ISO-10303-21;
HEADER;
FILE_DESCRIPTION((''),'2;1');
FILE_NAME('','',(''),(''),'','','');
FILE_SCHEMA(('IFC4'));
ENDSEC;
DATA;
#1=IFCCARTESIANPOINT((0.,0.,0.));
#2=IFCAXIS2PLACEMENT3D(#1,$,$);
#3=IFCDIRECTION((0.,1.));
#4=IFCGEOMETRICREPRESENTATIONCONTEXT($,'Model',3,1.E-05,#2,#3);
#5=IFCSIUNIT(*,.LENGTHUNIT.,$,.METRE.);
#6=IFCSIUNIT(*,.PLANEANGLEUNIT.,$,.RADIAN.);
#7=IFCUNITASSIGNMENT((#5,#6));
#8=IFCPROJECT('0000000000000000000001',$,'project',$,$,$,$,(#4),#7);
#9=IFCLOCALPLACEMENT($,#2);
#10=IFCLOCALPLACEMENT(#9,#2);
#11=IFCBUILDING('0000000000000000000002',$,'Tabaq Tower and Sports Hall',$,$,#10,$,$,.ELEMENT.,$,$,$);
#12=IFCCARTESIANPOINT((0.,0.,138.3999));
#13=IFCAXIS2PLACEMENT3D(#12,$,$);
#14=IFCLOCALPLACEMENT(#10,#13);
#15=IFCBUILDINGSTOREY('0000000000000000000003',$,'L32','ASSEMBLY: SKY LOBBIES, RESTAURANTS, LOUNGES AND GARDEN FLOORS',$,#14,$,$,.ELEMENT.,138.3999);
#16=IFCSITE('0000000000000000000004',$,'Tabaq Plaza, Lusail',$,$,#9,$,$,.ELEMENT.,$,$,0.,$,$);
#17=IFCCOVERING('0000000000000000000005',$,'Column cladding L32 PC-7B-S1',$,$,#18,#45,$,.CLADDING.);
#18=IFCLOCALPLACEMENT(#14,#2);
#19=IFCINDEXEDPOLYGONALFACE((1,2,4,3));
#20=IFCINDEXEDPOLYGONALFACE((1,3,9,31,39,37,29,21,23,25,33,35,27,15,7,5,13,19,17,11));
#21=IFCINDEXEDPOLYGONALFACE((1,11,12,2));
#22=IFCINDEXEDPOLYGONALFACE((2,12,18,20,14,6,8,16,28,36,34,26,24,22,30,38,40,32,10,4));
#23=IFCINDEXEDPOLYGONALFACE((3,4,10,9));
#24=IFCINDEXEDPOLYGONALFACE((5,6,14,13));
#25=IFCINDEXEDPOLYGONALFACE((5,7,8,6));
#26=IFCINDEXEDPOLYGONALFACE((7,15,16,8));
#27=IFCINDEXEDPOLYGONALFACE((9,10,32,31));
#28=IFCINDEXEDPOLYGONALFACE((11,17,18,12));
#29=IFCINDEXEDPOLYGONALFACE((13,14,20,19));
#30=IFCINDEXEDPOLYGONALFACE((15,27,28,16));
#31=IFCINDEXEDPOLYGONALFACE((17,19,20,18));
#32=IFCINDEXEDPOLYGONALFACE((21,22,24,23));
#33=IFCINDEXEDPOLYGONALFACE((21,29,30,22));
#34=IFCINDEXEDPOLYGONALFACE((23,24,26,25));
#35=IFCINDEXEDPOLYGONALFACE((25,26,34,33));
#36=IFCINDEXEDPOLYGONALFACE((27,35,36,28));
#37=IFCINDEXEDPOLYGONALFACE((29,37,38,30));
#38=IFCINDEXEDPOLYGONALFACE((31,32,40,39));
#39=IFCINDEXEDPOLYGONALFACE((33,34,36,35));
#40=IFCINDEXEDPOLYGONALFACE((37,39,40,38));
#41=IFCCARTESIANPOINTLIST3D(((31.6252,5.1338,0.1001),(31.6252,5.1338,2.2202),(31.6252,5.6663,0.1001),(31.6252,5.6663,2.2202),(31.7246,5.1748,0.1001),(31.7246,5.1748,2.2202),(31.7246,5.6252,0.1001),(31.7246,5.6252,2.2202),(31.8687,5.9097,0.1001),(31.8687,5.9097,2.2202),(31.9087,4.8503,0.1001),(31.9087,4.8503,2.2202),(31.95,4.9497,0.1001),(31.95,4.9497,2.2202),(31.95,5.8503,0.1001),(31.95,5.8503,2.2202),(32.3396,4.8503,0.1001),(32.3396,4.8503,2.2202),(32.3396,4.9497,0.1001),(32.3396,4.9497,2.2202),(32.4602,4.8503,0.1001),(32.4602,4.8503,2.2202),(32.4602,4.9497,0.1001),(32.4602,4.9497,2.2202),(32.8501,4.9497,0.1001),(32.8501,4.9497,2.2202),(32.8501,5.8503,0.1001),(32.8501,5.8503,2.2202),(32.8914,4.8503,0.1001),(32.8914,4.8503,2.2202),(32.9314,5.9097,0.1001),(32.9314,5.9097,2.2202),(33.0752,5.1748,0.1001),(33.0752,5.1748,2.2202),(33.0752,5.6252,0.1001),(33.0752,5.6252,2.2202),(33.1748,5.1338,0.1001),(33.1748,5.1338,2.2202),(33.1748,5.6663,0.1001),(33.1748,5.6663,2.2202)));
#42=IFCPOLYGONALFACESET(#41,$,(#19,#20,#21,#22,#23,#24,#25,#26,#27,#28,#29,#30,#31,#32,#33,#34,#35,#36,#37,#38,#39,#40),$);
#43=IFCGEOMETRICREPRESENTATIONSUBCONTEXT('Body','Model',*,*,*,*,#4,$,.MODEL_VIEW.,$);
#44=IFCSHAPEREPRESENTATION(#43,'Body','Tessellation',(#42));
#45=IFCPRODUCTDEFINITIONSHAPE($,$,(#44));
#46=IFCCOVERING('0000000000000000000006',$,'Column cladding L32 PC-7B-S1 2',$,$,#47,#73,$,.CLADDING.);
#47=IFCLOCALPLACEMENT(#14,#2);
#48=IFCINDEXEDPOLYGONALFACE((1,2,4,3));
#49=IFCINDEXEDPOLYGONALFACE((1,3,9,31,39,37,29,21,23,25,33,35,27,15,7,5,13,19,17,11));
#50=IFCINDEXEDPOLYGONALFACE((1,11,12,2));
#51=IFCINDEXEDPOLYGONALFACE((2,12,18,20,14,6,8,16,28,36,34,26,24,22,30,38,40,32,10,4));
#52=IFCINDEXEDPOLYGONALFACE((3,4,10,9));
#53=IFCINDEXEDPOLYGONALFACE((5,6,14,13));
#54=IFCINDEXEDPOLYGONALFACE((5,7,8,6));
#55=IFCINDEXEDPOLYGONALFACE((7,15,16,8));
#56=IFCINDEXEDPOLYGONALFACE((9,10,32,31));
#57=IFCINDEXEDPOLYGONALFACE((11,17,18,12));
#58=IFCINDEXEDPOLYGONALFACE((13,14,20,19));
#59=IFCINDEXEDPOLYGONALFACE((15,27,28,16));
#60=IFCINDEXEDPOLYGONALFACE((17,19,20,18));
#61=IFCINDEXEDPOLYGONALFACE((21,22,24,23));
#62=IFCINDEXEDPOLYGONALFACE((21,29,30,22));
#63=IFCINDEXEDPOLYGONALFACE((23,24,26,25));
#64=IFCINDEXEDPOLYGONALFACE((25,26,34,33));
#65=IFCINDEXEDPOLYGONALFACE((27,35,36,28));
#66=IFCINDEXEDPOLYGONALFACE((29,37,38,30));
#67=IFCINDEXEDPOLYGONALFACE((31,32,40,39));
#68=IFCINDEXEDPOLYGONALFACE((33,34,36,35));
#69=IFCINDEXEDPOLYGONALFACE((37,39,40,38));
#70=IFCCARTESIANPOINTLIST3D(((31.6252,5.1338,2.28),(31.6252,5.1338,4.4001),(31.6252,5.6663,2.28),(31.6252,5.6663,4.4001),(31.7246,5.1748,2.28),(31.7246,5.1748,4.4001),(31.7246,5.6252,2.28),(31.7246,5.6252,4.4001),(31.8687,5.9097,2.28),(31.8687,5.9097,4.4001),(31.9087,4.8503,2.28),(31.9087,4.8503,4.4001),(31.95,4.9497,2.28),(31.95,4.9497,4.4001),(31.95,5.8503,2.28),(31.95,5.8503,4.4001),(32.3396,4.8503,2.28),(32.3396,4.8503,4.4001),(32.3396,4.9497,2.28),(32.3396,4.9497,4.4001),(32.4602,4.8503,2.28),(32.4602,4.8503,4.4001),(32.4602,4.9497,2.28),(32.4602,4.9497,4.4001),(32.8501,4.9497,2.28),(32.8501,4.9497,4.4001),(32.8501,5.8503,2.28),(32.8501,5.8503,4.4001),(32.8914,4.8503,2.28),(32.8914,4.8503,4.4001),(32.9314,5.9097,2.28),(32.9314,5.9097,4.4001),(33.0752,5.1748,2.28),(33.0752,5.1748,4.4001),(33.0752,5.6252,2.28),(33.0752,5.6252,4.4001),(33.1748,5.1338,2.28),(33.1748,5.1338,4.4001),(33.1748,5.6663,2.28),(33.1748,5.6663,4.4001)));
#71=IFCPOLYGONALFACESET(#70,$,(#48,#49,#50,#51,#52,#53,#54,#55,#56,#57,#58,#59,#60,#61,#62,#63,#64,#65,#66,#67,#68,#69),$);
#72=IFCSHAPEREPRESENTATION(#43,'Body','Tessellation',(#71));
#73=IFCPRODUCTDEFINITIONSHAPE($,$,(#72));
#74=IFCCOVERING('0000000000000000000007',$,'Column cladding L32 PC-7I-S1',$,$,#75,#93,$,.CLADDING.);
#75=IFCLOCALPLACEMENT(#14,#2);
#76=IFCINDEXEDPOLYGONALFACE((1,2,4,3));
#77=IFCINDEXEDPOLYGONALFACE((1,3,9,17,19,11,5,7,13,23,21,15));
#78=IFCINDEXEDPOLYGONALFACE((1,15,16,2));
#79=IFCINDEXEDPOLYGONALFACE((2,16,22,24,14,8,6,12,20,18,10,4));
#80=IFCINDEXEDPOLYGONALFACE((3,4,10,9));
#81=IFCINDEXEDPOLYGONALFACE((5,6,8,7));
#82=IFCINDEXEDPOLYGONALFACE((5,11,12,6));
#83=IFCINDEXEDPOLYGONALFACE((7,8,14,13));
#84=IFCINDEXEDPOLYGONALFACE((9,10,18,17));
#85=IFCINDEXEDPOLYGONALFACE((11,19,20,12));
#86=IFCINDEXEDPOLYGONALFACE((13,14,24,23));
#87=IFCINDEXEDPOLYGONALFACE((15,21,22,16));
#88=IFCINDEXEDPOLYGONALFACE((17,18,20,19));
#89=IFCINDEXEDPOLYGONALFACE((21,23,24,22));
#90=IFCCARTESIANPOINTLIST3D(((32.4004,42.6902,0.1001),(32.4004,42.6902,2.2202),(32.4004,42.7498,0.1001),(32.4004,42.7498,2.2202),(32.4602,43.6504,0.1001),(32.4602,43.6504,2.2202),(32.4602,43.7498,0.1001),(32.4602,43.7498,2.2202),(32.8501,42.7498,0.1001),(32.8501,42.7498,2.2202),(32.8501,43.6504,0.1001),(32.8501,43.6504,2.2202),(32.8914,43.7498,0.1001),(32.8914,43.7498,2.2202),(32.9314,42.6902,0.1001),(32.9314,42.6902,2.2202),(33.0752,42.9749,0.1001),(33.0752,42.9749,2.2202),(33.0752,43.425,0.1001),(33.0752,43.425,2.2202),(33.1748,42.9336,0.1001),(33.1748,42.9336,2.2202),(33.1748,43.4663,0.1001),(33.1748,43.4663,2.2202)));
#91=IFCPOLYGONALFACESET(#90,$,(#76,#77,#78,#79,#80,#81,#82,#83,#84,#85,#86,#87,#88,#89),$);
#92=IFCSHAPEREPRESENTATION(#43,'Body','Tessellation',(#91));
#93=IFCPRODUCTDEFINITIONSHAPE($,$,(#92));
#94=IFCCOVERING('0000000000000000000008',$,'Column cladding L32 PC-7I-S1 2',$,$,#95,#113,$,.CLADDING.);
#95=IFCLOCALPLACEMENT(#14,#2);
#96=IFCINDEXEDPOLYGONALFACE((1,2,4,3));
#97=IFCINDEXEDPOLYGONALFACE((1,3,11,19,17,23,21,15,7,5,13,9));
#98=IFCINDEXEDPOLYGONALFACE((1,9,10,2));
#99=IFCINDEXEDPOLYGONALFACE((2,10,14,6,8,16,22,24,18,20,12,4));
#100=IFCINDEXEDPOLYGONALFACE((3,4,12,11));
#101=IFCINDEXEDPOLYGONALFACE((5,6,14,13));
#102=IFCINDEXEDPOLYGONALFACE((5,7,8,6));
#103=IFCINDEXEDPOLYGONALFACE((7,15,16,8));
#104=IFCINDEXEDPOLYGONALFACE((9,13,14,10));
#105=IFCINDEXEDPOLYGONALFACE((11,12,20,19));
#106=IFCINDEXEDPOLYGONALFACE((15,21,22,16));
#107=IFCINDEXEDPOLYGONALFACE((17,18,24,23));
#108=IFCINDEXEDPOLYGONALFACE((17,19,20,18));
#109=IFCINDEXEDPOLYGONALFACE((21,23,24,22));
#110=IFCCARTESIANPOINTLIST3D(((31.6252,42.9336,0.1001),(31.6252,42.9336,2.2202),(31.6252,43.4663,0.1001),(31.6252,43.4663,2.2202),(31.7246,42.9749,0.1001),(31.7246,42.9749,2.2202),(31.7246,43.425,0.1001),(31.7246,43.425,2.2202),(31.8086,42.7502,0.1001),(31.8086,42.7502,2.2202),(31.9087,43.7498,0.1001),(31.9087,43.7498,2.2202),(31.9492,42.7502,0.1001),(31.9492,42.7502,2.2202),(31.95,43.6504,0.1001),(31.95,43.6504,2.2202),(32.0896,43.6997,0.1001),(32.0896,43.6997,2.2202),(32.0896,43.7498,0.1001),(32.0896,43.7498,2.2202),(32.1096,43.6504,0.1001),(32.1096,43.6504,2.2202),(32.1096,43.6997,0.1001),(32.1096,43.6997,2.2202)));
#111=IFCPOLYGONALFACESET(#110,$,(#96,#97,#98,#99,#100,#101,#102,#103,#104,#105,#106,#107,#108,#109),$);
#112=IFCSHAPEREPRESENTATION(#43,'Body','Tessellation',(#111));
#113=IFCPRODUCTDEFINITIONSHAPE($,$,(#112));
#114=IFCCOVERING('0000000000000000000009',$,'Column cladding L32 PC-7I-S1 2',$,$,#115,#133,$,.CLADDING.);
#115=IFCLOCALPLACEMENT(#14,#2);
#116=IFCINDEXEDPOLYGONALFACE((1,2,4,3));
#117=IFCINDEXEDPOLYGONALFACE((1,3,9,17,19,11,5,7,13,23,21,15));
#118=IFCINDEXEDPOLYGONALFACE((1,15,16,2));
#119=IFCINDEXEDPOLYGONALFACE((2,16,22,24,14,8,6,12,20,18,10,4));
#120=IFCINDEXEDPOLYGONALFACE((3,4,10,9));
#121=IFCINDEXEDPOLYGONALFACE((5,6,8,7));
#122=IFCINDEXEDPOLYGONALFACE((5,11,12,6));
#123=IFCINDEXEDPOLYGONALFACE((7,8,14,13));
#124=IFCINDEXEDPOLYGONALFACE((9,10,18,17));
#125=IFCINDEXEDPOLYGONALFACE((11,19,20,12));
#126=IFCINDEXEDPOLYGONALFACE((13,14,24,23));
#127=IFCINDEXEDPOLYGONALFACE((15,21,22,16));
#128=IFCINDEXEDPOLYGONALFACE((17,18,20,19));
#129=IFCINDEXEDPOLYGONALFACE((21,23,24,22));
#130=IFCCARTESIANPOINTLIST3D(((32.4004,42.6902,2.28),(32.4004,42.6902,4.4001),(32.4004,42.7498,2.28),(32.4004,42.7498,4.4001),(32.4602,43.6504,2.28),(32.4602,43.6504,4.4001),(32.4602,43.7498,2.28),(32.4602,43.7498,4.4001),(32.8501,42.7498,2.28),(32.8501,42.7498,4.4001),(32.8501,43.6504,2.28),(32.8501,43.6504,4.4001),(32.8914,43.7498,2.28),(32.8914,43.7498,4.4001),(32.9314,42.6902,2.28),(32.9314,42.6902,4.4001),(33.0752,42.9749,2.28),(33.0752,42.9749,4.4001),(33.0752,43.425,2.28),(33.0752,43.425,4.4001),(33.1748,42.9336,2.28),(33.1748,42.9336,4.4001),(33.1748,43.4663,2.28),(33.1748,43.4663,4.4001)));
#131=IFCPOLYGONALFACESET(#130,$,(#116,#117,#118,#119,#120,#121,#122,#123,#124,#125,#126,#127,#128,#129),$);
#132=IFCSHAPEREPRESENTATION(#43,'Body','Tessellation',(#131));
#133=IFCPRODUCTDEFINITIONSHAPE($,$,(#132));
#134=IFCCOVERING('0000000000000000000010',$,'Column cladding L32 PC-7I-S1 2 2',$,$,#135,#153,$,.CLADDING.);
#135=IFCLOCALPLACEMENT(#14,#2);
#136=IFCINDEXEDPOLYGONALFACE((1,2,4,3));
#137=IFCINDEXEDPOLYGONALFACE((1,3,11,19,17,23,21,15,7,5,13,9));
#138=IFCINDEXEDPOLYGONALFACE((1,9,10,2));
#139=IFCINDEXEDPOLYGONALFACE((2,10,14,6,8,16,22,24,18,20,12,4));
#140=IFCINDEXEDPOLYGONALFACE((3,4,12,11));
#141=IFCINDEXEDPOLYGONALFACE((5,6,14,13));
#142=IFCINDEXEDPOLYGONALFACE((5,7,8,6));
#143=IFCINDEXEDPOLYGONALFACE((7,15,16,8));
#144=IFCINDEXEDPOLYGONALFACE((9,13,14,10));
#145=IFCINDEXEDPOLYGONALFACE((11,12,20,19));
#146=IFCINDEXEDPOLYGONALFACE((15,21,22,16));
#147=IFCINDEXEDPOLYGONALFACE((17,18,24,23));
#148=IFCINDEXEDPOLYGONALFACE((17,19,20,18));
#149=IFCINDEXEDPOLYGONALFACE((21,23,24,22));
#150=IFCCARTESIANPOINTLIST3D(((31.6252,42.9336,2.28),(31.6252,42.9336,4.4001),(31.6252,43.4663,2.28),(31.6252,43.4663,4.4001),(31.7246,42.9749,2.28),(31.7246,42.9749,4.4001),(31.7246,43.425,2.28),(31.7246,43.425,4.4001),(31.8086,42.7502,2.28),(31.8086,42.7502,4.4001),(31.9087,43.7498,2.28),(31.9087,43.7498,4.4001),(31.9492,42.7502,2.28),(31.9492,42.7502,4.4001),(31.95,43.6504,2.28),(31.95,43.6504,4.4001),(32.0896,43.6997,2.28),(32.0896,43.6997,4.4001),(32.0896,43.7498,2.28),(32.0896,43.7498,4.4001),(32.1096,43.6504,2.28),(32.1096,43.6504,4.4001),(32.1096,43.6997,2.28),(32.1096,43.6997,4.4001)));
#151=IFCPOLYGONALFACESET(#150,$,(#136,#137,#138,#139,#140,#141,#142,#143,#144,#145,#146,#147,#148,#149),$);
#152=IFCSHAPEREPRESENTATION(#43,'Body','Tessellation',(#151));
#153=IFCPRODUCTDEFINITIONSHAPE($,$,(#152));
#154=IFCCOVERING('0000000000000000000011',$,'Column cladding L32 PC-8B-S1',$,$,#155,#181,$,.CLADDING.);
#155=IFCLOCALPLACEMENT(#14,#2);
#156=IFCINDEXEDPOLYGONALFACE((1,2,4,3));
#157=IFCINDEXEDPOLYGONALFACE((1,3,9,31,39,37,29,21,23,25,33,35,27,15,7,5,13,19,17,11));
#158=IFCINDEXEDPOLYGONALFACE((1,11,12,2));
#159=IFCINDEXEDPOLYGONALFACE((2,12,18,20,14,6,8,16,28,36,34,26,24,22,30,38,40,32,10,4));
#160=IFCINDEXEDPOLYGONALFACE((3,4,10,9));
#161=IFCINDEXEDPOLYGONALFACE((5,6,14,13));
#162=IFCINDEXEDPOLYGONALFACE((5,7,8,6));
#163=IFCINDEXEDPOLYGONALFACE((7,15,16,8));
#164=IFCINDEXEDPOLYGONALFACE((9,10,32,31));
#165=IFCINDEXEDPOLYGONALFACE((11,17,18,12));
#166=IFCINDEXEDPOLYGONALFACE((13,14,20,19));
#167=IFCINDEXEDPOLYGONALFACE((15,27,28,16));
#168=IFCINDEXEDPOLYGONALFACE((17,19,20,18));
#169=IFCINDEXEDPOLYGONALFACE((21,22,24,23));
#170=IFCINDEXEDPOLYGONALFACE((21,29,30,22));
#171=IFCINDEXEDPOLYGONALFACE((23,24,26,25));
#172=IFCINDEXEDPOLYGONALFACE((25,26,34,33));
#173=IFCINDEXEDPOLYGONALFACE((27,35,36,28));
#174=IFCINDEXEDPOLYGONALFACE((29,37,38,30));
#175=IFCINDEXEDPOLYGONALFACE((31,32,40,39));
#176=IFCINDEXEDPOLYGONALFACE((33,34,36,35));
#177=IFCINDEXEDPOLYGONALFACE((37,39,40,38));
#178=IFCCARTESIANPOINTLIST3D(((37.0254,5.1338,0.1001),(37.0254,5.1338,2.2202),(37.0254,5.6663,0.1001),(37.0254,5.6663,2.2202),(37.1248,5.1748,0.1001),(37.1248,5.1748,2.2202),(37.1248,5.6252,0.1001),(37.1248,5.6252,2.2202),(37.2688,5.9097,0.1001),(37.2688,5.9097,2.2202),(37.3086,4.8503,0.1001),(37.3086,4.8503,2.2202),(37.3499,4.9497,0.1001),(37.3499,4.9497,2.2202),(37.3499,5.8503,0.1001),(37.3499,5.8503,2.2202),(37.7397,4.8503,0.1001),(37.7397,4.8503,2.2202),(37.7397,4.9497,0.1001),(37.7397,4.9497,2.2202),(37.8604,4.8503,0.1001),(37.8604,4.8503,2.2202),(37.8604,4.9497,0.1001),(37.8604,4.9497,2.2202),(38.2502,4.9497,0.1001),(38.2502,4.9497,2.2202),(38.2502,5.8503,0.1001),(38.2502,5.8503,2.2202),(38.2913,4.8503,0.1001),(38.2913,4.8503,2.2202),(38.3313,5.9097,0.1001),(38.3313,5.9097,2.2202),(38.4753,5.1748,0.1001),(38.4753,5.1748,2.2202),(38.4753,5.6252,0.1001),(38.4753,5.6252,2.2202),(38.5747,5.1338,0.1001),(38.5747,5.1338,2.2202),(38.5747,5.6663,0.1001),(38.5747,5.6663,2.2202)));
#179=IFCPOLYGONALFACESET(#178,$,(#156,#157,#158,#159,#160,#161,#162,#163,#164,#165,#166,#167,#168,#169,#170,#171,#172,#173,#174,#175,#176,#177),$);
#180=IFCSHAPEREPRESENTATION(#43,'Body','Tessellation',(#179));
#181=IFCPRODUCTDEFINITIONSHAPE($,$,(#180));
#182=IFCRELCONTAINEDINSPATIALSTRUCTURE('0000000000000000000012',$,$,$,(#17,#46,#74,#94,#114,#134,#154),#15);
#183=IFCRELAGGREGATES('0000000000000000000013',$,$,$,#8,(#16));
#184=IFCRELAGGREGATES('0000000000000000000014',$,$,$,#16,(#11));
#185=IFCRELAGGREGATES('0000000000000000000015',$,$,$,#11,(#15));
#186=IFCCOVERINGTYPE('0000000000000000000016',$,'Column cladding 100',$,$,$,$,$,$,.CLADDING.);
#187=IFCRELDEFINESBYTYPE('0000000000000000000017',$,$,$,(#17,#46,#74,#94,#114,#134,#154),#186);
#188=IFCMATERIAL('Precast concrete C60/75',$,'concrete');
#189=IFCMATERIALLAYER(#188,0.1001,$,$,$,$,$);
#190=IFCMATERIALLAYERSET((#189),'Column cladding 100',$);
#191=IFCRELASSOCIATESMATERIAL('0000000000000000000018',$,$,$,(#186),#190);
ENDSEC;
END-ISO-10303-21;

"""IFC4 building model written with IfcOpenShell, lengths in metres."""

from ifc_helpers import new_model, si_unit, direction, frame, origin, place, context, subcontext, project, spatial, polyline, outline, extrude, material, layer, layer_set, type_object, element, save


model = new_model("IFC4")

# Units and contexts
model_context = context("Model", 3, precision=1e-05, world=origin(), true_north=direction((0.0, 1.0)))
body_context = subcontext(model_context, "Body", "Model", "MODEL_VIEW")
ifc_project = project(units=[si_unit("LENGTHUNIT", "METRE"), si_unit("PLANEANGLEUNIT", "RADIAN")], contexts=[model_context])

# Site, building, storey
site_placement = place(None, origin())
site = spatial("IfcSite", under=ifc_project, at=site_placement, Name="Tabaq Plaza, Lusail", CompositionType="ELEMENT", RefElevation=0.0)
building_placement = place(site_placement, origin())
building = spatial("IfcBuilding", under=site, at=building_placement, Name="Tabaq Tower and Sports Hall", CompositionType="ELEMENT")
storey_placement = place(building_placement, frame((0.0, 0.0, 138.3999)))
storey = spatial("IfcBuildingStorey", under=building, at=storey_placement, Name="L32", Description="ASSEMBLY: SKY LOBBIES, RESTAURANTS, LOUNGES AND GARDEN FLOORS", CompositionType="ELEMENT", Elevation=138.3999)

# Coverings
ifc_material = material(Name="Precast concrete C60/75", Category="concrete")
ifc_layer = layer(ifc_material, 0.1001)
ifc_layer_set = layer_set([ifc_layer], Name="Column cladding 100")
covering_type = type_object("IfcCoveringType", Name="Column cladding 100", PredefinedType="CLADDING", material=ifc_layer_set)
for number, where, name in (
    (1, (0.0, 0.0, 0.1001), "Column cladding L32 PC-7B-S1"),
    (2, (0.0, 0.0, 2.28), "Column cladding L32 PC-7B-S1 2"),
):
    element("IfcCovering", number, at=place(storey_placement, frame(where)), inside=storey, type_object=covering_type, Name=name, PredefinedType="CLADDING", context=body_context, shape_type="SweptSolid", body=[
        extrude(outline(polyline([(31.6252, 5.6663), (31.8687, 5.9097), (32.9314, 5.9097), (33.1748, 5.6663), (33.1748, 5.1338), (32.8914, 4.8503), (32.4602, 4.8503), (32.4602, 4.9497), (32.8501, 4.9497), (33.0752, 5.1748), (33.0752, 5.6252), (32.8501, 5.8503), (31.95, 5.8503), (31.7246, 5.6252), (31.7246, 5.1748), (31.95, 4.9497), (32.3396, 4.9497), (32.3396, 4.8503), (31.9087, 4.8503), (31.6252, 5.1338), (31.6252, 5.6663)])), origin(), (0.0, 0.0, 1.0), 2.1201),
    ])
covering_1_placement = place(storey_placement, frame((0.0, 0.0, 0.1001)))
element("IfcCovering", 3, at=covering_1_placement, inside=storey, type_object=covering_type, Name="Column cladding L32 PC-7I-S1", PredefinedType="CLADDING", context=body_context, shape_type="SweptSolid", body=[
    extrude(outline(polyline([(32.8914, 43.7498), (33.1748, 43.4663), (33.1748, 42.9336), (32.9314, 42.6902), (32.4004, 42.6902), (32.4004, 42.7498), (32.8501, 42.7498), (33.0752, 42.9749), (33.0752, 43.425), (32.8501, 43.6504), (32.4602, 43.6504), (32.4602, 43.7498), (32.8914, 43.7498)])), origin(), (0.0, 0.0, 1.0), 2.1201),
])
covering_2_placement = place(storey_placement, frame((0.0, 0.0, 0.1001)))
element("IfcCovering", 4, at=covering_2_placement, inside=storey, type_object=covering_type, Name="Column cladding L32 PC-7I-S1 2", PredefinedType="CLADDING", context=body_context, shape_type="SweptSolid", body=[
    extrude(outline(polyline([(31.6252, 43.4663), (31.9087, 43.7498), (32.0896, 43.7498), (32.0896, 43.6997), (32.1096, 43.6997), (32.1096, 43.6504), (31.95, 43.6504), (31.7246, 43.425), (31.7246, 42.9749), (31.9492, 42.7502), (31.8086, 42.7502), (31.6252, 42.9336), (31.6252, 43.4663)])), origin(), (0.0, 0.0, 1.0), 2.1201),
])
covering_3_placement = place(storey_placement, frame((0.0, 0.0, 2.28)))
element("IfcCovering", 5, at=covering_3_placement, inside=storey, type_object=covering_type, Name="Column cladding L32 PC-7I-S1 2", PredefinedType="CLADDING", context=body_context, shape_type="SweptSolid", body=[
    extrude(outline(polyline([(32.8914, 43.7498), (33.1748, 43.4663), (33.1748, 42.9336), (32.9314, 42.6902), (32.4004, 42.6902), (32.4004, 42.7498), (32.8501, 42.7498), (33.0752, 42.9749), (33.0752, 43.425), (32.8501, 43.6504), (32.4602, 43.6504), (32.4602, 43.7498), (32.8914, 43.7498)])), origin(), (0.0, 0.0, 1.0), 2.1201),
])
covering_4_placement = place(storey_placement, frame((0.0, 0.0, 2.28)))
element("IfcCovering", 6, at=covering_4_placement, inside=storey, type_object=covering_type, Name="Column cladding L32 PC-7I-S1 2 2", PredefinedType="CLADDING", context=body_context, shape_type="SweptSolid", body=[
    extrude(outline(polyline([(31.6252, 43.4663), (31.9087, 43.7498), (32.0896, 43.7498), (32.0896, 43.6997), (32.1096, 43.6997), (32.1096, 43.6504), (31.95, 43.6504), (31.7246, 43.425), (31.7246, 42.9749), (31.9492, 42.7502), (31.8086, 42.7502), (31.6252, 42.9336), (31.6252, 43.4663)])), origin(), (0.0, 0.0, 1.0), 2.1201),
])
for number, where, name in (
    (7, (0.0, 0.0, 0.1001), "Column cladding L32 PC-8B-S1"),
):
    element("IfcCovering", number, at=place(storey_placement, frame(where)), inside=storey, type_object=covering_type, Name=name, PredefinedType="CLADDING", context=body_context, shape_type="SweptSolid", body=[
        extrude(outline(polyline([(37.0254, 5.6663), (37.2688, 5.9097), (38.3313, 5.9097), (38.5747, 5.6663), (38.5747, 5.1338), (38.2913, 4.8503), (37.8604, 4.8503), (37.8604, 4.9497), (38.2502, 4.9497), (38.4753, 5.1748), (38.4753, 5.6252), (38.2502, 5.8503), (37.3499, 5.8503), (37.1248, 5.6252), (37.1248, 5.1748), (37.3499, 4.9497), (37.7397, 4.9497), (37.7397, 4.8503), (37.3086, 4.8503), (37.0254, 5.1338), (37.0254, 5.6663)])), origin(), (0.0, 0.0, 1.0), 2.1201),
    ])

save(model, "model.ifc")
